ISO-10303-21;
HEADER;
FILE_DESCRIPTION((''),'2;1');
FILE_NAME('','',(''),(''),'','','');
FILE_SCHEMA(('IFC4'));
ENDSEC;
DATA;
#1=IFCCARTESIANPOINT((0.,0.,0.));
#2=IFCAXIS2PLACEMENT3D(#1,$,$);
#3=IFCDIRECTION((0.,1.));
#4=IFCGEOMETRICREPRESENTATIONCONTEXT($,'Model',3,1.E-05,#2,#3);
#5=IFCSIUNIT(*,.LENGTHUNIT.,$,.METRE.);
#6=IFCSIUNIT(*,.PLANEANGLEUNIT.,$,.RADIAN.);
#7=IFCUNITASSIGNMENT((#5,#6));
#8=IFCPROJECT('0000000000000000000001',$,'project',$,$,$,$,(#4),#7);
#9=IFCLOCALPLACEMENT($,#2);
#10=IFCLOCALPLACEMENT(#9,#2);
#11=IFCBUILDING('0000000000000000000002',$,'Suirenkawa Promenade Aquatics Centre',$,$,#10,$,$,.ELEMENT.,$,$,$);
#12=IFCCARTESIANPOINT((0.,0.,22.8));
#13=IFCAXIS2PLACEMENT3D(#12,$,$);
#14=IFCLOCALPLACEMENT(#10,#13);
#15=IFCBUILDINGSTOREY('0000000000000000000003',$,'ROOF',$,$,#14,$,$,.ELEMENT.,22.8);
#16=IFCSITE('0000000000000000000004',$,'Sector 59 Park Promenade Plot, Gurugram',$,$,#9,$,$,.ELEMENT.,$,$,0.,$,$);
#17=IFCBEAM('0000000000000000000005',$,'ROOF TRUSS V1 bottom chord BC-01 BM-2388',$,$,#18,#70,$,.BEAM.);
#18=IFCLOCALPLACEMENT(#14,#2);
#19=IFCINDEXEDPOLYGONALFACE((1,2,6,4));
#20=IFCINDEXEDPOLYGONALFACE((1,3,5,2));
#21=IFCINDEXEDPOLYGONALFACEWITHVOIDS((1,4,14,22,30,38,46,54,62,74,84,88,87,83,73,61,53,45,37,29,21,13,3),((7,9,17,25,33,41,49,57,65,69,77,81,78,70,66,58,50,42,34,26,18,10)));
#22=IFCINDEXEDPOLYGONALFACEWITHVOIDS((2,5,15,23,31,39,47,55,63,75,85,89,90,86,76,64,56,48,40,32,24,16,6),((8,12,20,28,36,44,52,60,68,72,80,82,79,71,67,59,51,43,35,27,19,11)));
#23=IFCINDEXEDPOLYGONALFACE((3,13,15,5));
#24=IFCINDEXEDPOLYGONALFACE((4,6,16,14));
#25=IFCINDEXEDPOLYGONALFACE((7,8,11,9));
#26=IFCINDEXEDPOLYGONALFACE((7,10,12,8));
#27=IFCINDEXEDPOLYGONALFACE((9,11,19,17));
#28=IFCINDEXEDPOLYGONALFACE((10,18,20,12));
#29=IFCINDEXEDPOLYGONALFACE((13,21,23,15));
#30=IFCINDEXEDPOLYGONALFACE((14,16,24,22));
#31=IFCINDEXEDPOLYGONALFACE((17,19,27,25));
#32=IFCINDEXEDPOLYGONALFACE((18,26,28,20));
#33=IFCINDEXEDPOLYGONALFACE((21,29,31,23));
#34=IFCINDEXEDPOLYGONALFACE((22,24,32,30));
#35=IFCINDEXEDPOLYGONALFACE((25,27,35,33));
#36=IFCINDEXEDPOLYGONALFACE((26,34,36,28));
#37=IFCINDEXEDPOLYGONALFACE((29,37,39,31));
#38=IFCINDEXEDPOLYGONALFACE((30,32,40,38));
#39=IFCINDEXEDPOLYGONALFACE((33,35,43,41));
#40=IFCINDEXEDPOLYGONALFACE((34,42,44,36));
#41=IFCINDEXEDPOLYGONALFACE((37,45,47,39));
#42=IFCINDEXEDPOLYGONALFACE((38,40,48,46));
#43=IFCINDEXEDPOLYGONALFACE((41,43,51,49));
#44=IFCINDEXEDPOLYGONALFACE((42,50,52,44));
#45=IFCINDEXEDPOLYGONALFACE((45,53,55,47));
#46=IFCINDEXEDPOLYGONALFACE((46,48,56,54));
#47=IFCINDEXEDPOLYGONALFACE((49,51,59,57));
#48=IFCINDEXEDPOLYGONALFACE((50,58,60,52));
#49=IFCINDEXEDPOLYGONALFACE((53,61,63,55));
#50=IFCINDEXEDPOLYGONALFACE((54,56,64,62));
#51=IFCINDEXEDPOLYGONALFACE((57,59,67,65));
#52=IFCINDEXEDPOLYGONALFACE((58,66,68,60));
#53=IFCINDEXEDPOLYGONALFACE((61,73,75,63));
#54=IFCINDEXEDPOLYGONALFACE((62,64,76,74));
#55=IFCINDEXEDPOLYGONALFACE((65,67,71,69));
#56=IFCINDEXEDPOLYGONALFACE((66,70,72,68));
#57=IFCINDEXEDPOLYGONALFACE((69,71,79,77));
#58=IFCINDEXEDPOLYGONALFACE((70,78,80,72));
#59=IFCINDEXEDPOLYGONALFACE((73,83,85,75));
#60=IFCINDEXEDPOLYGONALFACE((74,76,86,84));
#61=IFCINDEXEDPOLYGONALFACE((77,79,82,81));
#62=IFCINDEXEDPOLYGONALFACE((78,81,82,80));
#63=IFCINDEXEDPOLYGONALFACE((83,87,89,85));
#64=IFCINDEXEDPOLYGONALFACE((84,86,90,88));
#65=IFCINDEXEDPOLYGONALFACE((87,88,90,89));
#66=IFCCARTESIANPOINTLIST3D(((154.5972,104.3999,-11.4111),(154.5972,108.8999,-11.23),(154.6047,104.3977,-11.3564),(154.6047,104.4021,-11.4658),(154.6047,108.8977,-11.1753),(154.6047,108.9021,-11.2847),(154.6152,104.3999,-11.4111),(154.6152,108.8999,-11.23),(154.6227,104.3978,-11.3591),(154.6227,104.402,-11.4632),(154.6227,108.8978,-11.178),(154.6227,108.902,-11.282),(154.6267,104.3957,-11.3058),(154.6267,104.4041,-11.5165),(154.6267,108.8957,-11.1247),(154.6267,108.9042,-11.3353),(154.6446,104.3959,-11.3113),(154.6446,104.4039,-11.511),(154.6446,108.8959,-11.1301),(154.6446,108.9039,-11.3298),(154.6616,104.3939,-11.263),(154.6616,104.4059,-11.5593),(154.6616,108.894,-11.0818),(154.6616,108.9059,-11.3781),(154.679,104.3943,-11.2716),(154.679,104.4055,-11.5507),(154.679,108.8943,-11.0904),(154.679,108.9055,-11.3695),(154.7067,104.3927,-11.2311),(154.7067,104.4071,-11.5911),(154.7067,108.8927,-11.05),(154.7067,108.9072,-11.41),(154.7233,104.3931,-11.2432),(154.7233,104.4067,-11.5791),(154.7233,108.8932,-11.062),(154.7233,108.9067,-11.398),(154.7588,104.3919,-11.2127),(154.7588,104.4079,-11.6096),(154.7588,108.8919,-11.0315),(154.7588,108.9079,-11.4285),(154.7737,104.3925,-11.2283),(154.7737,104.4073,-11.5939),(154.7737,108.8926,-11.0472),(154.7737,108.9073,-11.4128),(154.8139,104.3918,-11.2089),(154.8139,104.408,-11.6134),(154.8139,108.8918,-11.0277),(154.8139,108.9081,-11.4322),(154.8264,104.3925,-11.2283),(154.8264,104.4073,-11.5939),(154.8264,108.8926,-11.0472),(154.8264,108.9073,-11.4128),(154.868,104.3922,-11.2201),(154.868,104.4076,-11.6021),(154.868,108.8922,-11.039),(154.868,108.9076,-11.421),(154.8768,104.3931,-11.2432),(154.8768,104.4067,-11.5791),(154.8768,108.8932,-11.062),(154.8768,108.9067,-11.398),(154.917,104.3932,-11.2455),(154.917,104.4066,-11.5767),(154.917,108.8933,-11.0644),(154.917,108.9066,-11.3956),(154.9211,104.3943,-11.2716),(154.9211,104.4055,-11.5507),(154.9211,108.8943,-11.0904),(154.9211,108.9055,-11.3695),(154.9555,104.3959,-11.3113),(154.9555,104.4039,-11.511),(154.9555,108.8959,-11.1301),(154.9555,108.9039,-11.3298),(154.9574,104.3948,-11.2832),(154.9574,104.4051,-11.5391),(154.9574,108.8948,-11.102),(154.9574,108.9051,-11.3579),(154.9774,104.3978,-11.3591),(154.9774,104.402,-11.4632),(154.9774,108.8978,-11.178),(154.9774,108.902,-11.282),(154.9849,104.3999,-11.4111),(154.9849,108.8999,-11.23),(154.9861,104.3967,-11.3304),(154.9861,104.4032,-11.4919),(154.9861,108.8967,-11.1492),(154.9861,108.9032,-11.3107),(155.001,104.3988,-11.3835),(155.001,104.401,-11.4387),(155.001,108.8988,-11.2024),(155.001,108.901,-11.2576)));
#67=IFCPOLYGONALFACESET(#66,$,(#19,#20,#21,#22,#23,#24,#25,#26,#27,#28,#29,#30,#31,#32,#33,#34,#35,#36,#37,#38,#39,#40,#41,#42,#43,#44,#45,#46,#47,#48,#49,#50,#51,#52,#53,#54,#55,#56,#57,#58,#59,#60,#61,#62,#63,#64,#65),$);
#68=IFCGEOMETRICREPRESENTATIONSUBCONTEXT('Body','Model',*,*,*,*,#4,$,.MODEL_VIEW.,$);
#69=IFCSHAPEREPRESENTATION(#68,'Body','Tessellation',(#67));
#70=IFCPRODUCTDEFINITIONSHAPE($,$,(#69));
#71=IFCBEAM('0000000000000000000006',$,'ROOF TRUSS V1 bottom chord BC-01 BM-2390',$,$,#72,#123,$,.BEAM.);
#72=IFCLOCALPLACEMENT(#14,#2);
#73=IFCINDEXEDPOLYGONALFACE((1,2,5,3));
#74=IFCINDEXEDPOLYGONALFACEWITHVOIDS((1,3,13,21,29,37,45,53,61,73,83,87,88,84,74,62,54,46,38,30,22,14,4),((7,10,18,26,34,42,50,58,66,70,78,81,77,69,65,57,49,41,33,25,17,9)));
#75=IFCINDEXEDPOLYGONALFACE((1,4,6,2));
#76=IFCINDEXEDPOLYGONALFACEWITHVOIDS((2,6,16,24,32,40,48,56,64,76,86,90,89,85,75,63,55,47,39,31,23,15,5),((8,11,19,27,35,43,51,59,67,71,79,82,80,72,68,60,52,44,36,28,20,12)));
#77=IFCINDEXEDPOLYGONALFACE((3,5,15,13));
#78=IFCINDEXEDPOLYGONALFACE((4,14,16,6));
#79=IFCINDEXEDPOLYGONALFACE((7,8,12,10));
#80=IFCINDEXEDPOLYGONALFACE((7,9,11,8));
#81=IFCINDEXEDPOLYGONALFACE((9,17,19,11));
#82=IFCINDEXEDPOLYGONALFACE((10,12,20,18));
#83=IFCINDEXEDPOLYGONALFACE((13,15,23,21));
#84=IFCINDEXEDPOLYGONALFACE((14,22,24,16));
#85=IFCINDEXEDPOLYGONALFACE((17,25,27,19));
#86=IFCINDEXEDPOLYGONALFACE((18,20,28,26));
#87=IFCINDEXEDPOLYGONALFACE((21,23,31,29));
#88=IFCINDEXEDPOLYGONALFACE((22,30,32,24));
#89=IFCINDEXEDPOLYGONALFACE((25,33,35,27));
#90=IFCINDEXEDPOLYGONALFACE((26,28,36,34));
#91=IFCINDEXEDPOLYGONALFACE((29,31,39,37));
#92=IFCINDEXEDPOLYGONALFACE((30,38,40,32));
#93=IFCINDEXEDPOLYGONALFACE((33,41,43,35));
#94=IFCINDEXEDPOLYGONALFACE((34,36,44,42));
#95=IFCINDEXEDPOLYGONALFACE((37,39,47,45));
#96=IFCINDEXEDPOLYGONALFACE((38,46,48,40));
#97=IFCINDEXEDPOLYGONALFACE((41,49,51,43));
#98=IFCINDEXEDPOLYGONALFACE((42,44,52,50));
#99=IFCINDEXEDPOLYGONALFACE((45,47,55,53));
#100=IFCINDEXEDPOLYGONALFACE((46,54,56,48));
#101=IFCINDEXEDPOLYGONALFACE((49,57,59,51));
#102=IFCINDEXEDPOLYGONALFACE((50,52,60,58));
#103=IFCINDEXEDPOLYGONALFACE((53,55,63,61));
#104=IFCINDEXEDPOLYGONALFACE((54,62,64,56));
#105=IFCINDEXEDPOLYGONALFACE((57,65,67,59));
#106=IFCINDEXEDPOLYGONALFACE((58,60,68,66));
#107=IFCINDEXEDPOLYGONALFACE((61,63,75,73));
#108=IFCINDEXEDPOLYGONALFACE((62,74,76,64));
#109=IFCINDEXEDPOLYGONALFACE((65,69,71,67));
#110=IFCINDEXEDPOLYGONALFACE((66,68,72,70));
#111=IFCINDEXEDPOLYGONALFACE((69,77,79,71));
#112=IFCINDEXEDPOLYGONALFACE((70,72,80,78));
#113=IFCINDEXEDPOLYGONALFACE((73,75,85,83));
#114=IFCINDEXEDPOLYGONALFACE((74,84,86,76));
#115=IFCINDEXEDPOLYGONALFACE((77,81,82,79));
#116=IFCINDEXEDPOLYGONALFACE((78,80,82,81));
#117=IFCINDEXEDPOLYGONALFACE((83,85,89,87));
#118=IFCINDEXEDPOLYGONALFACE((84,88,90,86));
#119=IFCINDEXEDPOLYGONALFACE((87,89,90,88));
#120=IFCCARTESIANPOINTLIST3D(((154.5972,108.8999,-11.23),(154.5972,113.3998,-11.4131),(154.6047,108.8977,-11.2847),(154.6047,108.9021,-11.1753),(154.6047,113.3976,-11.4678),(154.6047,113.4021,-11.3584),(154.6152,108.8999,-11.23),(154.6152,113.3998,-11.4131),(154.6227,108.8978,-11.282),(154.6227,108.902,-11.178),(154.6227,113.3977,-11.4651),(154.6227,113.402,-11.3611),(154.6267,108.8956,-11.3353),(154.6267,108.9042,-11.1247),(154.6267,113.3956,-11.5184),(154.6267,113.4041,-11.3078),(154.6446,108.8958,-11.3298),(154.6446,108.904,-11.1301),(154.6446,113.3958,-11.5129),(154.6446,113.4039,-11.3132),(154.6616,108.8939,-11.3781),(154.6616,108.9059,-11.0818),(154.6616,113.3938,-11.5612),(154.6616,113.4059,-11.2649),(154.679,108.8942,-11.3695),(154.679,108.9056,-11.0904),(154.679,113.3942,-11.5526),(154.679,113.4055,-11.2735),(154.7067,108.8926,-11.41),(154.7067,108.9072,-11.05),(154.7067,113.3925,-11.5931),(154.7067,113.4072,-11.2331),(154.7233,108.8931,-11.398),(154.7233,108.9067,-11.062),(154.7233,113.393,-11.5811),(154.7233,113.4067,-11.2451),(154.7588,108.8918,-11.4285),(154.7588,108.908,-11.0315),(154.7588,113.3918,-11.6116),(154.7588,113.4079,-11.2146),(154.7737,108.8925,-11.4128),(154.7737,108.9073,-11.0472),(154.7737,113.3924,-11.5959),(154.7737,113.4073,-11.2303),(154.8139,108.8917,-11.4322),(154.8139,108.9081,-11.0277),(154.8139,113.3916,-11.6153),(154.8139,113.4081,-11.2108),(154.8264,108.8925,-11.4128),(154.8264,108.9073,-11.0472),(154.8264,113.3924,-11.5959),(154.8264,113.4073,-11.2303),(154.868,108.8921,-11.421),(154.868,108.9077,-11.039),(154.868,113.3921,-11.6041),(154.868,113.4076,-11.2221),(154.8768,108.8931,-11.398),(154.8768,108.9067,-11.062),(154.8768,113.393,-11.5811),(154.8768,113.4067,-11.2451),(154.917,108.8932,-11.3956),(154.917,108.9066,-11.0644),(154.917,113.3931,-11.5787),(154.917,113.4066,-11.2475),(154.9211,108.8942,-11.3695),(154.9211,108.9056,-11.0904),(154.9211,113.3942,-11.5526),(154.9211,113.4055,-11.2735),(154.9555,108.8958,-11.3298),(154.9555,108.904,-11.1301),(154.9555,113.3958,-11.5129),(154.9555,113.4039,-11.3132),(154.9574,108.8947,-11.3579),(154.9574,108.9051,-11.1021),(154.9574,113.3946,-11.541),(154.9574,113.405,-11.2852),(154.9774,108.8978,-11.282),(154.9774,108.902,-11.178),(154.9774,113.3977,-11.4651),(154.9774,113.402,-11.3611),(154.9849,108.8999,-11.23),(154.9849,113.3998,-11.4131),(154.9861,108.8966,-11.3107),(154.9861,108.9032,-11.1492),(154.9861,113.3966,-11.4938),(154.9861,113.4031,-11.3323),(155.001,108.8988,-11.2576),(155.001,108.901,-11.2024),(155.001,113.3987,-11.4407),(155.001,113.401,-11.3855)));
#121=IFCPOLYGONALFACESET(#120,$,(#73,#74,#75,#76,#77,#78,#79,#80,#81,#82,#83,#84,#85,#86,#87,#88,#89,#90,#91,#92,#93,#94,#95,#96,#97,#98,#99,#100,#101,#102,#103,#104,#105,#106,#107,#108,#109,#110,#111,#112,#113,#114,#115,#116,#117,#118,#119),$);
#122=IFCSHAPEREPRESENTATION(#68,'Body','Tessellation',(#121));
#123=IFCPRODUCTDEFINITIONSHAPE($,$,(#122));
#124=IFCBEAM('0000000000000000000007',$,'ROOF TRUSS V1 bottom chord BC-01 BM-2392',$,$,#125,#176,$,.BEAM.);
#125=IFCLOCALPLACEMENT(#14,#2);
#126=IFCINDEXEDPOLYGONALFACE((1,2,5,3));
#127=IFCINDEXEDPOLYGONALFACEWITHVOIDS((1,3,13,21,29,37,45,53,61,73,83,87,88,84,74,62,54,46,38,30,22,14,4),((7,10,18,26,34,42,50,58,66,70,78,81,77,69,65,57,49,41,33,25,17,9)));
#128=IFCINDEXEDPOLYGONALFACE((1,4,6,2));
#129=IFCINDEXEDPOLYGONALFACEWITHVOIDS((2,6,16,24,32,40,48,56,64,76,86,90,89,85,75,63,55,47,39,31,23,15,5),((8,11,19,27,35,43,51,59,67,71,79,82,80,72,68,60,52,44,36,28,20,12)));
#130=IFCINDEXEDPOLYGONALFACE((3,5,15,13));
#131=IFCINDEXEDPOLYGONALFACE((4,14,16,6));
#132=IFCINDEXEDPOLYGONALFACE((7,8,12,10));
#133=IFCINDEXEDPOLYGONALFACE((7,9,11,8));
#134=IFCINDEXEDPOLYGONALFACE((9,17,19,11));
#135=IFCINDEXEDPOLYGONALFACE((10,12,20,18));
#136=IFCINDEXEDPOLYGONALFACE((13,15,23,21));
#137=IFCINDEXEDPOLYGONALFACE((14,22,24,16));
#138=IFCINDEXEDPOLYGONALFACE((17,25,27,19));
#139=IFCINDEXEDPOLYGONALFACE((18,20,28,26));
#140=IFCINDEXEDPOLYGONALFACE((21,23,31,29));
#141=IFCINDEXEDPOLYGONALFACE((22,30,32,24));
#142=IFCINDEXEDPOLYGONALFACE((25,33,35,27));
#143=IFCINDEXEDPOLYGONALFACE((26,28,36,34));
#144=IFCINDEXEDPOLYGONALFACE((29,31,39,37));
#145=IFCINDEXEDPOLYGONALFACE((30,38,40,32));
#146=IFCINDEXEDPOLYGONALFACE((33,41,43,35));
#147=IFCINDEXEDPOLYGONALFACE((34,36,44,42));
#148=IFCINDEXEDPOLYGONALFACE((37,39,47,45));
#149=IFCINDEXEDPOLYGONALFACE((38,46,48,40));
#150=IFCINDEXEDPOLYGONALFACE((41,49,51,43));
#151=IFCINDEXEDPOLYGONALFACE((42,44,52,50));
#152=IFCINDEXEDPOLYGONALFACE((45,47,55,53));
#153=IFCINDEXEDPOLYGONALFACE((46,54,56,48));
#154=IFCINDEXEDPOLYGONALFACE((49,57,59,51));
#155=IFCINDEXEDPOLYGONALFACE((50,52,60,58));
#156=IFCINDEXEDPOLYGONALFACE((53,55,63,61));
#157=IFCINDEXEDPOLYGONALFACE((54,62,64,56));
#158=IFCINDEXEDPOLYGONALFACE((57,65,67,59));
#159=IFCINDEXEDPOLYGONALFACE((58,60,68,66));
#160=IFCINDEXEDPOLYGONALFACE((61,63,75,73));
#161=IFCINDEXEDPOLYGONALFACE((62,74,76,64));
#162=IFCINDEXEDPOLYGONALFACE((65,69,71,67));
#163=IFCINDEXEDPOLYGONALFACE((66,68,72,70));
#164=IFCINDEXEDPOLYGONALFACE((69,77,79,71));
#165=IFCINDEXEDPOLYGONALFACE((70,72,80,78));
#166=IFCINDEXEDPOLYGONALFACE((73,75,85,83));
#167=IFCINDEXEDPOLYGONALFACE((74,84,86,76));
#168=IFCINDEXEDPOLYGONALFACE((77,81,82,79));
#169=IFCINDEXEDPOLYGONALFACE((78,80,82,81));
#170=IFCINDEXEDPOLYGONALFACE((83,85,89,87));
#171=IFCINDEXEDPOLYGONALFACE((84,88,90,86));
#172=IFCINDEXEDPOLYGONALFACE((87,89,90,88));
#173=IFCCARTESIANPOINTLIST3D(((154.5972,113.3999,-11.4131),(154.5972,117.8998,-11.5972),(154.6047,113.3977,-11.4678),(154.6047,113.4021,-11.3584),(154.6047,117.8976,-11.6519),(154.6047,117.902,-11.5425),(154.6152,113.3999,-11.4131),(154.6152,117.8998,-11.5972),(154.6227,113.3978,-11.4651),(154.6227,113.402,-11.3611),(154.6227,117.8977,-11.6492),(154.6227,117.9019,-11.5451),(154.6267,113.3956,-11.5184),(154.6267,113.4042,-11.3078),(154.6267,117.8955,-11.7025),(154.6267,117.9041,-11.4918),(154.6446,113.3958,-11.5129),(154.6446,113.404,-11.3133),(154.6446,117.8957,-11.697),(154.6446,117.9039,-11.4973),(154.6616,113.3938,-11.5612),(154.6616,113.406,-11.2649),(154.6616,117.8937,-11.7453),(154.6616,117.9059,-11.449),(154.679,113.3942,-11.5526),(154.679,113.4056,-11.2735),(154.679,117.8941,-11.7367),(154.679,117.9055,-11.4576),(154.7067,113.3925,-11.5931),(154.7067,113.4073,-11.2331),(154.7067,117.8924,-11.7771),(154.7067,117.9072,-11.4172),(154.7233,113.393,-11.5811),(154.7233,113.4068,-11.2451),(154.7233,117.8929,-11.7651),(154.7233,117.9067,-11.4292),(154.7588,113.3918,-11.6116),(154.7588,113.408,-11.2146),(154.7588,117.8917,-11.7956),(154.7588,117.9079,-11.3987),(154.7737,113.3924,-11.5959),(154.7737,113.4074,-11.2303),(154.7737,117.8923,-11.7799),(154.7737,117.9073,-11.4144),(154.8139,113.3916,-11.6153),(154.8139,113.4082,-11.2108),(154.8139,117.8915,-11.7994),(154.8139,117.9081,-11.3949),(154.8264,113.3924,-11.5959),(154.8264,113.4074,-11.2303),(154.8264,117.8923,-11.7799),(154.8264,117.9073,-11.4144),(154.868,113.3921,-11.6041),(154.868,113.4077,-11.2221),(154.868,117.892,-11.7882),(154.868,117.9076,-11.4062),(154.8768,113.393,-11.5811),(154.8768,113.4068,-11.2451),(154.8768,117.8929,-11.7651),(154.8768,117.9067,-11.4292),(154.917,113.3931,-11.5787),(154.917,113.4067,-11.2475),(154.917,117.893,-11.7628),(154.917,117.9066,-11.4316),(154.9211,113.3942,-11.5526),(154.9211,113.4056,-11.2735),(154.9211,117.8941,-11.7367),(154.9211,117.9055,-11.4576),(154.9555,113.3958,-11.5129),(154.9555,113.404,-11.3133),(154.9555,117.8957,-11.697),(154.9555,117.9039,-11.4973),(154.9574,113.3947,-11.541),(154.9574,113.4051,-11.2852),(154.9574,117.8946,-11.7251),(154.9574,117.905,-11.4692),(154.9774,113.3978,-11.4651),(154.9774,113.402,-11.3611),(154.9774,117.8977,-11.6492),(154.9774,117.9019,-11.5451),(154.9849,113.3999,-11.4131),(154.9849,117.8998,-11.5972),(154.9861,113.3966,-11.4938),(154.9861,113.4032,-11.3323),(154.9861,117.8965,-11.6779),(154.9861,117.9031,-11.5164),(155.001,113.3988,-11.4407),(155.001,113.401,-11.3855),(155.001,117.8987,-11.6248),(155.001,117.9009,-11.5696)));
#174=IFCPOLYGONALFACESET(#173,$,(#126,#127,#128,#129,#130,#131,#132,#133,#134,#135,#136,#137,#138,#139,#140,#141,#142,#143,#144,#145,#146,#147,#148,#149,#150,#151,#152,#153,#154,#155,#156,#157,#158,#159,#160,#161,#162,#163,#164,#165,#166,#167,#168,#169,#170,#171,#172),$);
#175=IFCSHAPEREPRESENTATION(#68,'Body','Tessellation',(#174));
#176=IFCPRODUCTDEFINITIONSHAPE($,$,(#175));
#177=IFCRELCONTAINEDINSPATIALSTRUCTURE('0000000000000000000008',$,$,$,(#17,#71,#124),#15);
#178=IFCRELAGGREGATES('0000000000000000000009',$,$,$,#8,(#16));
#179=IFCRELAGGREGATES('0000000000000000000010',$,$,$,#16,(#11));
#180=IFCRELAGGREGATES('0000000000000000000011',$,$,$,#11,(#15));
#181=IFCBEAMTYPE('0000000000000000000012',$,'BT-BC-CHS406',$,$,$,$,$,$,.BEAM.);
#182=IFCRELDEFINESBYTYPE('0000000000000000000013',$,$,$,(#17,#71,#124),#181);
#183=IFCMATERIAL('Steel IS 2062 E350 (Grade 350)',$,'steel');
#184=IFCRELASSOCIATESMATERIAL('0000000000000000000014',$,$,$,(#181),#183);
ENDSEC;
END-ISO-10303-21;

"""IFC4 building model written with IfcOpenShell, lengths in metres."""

from ifc_helpers import new_model, si_unit, direction, frame, origin, origin_2d, place, context, subcontext, project, spatial, hollow_circle, extrude, material, material_profile, profile_set, type_object, element, save


model = new_model("IFC4")

# Units and contexts
model_context = context("Model", 3, precision=1e-05, world=origin(), true_north=direction((0.0, 1.0)))
body_context = subcontext(model_context, "Body", "Model", "MODEL_VIEW")
ifc_project = project(units=[si_unit("LENGTHUNIT", "METRE"), si_unit("PLANEANGLEUNIT", "RADIAN")], contexts=[model_context])

# Site, building, storey
site_placement = place(None, origin())
site = spatial("IfcSite", under=ifc_project, at=site_placement, Name="Sector 59 Park Promenade Plot, Gurugram", CompositionType="ELEMENT", RefElevation=0.0)
building_placement = place(site_placement, origin())
building = spatial("IfcBuilding", under=site, at=building_placement, Name="Suirenkawa Promenade Aquatics Centre", CompositionType="ELEMENT")
storey_placement = place(building_placement, frame((0.0, 0.0, 22.8)))
storey = spatial("IfcBuildingStorey", under=building, at=storey_placement, Name="ROOF", CompositionType="ELEMENT", Elevation=22.8)

# Beams
ifc_material = material(Name="Steel IS 2062 E350 (Grade 350)", Category="steel")
ifc_material_profile_1 = material_profile(ifc_material, hollow_circle(Radius=0.2029, WallThickness=0.0181, at=origin_2d()), Name="CHS 406x18", Category="steel")
ifc_profile_set_1 = profile_set([ifc_material_profile_1], Name="Steel IS 2062 E350 (Grade 350)")
beam_type_1 = type_object("IfcBeamType", Name="BT-BC-CHS406", PredefinedType="BEAM", material=ifc_profile_set_1)
for number, where, z_axis, x_axis, name in (
    (1, (154.8, 104.3999, -11.4111), (0.0, 0.999191, 0.040223), (-1.0, 0.0, 0.0), "ROOF TRUSS V1 bottom chord BC-01 BM-2388"),
    (2, (154.8, 108.8999, -11.23), (0.0, 0.999173, -0.040656), (-1.0, 0.0, 0.0), "ROOF TRUSS V1 bottom chord BC-01 BM-2390"),
    (3, (154.8, 113.3999, -11.4131), (0.0, 0.999164, -0.040873), (-1.0, 0.0, 0.0), "ROOF TRUSS V1 bottom chord BC-01 BM-2392"),
):
    element("IfcBeam", number, at=place(storey_placement, frame(where, z_axis=z_axis, x_axis=x_axis)), inside=storey, type_object=beam_type_1, Name=name, PredefinedType="BEAM", context=body_context, shape_type="SweptSolid", body=[
        extrude(hollow_circle(Radius=0.2029, WallThickness=0.0181, at=origin_2d()), origin(), (0.0, 0.0, 1.0), 4.5037),
    ])

save(model, "model.ifc")
